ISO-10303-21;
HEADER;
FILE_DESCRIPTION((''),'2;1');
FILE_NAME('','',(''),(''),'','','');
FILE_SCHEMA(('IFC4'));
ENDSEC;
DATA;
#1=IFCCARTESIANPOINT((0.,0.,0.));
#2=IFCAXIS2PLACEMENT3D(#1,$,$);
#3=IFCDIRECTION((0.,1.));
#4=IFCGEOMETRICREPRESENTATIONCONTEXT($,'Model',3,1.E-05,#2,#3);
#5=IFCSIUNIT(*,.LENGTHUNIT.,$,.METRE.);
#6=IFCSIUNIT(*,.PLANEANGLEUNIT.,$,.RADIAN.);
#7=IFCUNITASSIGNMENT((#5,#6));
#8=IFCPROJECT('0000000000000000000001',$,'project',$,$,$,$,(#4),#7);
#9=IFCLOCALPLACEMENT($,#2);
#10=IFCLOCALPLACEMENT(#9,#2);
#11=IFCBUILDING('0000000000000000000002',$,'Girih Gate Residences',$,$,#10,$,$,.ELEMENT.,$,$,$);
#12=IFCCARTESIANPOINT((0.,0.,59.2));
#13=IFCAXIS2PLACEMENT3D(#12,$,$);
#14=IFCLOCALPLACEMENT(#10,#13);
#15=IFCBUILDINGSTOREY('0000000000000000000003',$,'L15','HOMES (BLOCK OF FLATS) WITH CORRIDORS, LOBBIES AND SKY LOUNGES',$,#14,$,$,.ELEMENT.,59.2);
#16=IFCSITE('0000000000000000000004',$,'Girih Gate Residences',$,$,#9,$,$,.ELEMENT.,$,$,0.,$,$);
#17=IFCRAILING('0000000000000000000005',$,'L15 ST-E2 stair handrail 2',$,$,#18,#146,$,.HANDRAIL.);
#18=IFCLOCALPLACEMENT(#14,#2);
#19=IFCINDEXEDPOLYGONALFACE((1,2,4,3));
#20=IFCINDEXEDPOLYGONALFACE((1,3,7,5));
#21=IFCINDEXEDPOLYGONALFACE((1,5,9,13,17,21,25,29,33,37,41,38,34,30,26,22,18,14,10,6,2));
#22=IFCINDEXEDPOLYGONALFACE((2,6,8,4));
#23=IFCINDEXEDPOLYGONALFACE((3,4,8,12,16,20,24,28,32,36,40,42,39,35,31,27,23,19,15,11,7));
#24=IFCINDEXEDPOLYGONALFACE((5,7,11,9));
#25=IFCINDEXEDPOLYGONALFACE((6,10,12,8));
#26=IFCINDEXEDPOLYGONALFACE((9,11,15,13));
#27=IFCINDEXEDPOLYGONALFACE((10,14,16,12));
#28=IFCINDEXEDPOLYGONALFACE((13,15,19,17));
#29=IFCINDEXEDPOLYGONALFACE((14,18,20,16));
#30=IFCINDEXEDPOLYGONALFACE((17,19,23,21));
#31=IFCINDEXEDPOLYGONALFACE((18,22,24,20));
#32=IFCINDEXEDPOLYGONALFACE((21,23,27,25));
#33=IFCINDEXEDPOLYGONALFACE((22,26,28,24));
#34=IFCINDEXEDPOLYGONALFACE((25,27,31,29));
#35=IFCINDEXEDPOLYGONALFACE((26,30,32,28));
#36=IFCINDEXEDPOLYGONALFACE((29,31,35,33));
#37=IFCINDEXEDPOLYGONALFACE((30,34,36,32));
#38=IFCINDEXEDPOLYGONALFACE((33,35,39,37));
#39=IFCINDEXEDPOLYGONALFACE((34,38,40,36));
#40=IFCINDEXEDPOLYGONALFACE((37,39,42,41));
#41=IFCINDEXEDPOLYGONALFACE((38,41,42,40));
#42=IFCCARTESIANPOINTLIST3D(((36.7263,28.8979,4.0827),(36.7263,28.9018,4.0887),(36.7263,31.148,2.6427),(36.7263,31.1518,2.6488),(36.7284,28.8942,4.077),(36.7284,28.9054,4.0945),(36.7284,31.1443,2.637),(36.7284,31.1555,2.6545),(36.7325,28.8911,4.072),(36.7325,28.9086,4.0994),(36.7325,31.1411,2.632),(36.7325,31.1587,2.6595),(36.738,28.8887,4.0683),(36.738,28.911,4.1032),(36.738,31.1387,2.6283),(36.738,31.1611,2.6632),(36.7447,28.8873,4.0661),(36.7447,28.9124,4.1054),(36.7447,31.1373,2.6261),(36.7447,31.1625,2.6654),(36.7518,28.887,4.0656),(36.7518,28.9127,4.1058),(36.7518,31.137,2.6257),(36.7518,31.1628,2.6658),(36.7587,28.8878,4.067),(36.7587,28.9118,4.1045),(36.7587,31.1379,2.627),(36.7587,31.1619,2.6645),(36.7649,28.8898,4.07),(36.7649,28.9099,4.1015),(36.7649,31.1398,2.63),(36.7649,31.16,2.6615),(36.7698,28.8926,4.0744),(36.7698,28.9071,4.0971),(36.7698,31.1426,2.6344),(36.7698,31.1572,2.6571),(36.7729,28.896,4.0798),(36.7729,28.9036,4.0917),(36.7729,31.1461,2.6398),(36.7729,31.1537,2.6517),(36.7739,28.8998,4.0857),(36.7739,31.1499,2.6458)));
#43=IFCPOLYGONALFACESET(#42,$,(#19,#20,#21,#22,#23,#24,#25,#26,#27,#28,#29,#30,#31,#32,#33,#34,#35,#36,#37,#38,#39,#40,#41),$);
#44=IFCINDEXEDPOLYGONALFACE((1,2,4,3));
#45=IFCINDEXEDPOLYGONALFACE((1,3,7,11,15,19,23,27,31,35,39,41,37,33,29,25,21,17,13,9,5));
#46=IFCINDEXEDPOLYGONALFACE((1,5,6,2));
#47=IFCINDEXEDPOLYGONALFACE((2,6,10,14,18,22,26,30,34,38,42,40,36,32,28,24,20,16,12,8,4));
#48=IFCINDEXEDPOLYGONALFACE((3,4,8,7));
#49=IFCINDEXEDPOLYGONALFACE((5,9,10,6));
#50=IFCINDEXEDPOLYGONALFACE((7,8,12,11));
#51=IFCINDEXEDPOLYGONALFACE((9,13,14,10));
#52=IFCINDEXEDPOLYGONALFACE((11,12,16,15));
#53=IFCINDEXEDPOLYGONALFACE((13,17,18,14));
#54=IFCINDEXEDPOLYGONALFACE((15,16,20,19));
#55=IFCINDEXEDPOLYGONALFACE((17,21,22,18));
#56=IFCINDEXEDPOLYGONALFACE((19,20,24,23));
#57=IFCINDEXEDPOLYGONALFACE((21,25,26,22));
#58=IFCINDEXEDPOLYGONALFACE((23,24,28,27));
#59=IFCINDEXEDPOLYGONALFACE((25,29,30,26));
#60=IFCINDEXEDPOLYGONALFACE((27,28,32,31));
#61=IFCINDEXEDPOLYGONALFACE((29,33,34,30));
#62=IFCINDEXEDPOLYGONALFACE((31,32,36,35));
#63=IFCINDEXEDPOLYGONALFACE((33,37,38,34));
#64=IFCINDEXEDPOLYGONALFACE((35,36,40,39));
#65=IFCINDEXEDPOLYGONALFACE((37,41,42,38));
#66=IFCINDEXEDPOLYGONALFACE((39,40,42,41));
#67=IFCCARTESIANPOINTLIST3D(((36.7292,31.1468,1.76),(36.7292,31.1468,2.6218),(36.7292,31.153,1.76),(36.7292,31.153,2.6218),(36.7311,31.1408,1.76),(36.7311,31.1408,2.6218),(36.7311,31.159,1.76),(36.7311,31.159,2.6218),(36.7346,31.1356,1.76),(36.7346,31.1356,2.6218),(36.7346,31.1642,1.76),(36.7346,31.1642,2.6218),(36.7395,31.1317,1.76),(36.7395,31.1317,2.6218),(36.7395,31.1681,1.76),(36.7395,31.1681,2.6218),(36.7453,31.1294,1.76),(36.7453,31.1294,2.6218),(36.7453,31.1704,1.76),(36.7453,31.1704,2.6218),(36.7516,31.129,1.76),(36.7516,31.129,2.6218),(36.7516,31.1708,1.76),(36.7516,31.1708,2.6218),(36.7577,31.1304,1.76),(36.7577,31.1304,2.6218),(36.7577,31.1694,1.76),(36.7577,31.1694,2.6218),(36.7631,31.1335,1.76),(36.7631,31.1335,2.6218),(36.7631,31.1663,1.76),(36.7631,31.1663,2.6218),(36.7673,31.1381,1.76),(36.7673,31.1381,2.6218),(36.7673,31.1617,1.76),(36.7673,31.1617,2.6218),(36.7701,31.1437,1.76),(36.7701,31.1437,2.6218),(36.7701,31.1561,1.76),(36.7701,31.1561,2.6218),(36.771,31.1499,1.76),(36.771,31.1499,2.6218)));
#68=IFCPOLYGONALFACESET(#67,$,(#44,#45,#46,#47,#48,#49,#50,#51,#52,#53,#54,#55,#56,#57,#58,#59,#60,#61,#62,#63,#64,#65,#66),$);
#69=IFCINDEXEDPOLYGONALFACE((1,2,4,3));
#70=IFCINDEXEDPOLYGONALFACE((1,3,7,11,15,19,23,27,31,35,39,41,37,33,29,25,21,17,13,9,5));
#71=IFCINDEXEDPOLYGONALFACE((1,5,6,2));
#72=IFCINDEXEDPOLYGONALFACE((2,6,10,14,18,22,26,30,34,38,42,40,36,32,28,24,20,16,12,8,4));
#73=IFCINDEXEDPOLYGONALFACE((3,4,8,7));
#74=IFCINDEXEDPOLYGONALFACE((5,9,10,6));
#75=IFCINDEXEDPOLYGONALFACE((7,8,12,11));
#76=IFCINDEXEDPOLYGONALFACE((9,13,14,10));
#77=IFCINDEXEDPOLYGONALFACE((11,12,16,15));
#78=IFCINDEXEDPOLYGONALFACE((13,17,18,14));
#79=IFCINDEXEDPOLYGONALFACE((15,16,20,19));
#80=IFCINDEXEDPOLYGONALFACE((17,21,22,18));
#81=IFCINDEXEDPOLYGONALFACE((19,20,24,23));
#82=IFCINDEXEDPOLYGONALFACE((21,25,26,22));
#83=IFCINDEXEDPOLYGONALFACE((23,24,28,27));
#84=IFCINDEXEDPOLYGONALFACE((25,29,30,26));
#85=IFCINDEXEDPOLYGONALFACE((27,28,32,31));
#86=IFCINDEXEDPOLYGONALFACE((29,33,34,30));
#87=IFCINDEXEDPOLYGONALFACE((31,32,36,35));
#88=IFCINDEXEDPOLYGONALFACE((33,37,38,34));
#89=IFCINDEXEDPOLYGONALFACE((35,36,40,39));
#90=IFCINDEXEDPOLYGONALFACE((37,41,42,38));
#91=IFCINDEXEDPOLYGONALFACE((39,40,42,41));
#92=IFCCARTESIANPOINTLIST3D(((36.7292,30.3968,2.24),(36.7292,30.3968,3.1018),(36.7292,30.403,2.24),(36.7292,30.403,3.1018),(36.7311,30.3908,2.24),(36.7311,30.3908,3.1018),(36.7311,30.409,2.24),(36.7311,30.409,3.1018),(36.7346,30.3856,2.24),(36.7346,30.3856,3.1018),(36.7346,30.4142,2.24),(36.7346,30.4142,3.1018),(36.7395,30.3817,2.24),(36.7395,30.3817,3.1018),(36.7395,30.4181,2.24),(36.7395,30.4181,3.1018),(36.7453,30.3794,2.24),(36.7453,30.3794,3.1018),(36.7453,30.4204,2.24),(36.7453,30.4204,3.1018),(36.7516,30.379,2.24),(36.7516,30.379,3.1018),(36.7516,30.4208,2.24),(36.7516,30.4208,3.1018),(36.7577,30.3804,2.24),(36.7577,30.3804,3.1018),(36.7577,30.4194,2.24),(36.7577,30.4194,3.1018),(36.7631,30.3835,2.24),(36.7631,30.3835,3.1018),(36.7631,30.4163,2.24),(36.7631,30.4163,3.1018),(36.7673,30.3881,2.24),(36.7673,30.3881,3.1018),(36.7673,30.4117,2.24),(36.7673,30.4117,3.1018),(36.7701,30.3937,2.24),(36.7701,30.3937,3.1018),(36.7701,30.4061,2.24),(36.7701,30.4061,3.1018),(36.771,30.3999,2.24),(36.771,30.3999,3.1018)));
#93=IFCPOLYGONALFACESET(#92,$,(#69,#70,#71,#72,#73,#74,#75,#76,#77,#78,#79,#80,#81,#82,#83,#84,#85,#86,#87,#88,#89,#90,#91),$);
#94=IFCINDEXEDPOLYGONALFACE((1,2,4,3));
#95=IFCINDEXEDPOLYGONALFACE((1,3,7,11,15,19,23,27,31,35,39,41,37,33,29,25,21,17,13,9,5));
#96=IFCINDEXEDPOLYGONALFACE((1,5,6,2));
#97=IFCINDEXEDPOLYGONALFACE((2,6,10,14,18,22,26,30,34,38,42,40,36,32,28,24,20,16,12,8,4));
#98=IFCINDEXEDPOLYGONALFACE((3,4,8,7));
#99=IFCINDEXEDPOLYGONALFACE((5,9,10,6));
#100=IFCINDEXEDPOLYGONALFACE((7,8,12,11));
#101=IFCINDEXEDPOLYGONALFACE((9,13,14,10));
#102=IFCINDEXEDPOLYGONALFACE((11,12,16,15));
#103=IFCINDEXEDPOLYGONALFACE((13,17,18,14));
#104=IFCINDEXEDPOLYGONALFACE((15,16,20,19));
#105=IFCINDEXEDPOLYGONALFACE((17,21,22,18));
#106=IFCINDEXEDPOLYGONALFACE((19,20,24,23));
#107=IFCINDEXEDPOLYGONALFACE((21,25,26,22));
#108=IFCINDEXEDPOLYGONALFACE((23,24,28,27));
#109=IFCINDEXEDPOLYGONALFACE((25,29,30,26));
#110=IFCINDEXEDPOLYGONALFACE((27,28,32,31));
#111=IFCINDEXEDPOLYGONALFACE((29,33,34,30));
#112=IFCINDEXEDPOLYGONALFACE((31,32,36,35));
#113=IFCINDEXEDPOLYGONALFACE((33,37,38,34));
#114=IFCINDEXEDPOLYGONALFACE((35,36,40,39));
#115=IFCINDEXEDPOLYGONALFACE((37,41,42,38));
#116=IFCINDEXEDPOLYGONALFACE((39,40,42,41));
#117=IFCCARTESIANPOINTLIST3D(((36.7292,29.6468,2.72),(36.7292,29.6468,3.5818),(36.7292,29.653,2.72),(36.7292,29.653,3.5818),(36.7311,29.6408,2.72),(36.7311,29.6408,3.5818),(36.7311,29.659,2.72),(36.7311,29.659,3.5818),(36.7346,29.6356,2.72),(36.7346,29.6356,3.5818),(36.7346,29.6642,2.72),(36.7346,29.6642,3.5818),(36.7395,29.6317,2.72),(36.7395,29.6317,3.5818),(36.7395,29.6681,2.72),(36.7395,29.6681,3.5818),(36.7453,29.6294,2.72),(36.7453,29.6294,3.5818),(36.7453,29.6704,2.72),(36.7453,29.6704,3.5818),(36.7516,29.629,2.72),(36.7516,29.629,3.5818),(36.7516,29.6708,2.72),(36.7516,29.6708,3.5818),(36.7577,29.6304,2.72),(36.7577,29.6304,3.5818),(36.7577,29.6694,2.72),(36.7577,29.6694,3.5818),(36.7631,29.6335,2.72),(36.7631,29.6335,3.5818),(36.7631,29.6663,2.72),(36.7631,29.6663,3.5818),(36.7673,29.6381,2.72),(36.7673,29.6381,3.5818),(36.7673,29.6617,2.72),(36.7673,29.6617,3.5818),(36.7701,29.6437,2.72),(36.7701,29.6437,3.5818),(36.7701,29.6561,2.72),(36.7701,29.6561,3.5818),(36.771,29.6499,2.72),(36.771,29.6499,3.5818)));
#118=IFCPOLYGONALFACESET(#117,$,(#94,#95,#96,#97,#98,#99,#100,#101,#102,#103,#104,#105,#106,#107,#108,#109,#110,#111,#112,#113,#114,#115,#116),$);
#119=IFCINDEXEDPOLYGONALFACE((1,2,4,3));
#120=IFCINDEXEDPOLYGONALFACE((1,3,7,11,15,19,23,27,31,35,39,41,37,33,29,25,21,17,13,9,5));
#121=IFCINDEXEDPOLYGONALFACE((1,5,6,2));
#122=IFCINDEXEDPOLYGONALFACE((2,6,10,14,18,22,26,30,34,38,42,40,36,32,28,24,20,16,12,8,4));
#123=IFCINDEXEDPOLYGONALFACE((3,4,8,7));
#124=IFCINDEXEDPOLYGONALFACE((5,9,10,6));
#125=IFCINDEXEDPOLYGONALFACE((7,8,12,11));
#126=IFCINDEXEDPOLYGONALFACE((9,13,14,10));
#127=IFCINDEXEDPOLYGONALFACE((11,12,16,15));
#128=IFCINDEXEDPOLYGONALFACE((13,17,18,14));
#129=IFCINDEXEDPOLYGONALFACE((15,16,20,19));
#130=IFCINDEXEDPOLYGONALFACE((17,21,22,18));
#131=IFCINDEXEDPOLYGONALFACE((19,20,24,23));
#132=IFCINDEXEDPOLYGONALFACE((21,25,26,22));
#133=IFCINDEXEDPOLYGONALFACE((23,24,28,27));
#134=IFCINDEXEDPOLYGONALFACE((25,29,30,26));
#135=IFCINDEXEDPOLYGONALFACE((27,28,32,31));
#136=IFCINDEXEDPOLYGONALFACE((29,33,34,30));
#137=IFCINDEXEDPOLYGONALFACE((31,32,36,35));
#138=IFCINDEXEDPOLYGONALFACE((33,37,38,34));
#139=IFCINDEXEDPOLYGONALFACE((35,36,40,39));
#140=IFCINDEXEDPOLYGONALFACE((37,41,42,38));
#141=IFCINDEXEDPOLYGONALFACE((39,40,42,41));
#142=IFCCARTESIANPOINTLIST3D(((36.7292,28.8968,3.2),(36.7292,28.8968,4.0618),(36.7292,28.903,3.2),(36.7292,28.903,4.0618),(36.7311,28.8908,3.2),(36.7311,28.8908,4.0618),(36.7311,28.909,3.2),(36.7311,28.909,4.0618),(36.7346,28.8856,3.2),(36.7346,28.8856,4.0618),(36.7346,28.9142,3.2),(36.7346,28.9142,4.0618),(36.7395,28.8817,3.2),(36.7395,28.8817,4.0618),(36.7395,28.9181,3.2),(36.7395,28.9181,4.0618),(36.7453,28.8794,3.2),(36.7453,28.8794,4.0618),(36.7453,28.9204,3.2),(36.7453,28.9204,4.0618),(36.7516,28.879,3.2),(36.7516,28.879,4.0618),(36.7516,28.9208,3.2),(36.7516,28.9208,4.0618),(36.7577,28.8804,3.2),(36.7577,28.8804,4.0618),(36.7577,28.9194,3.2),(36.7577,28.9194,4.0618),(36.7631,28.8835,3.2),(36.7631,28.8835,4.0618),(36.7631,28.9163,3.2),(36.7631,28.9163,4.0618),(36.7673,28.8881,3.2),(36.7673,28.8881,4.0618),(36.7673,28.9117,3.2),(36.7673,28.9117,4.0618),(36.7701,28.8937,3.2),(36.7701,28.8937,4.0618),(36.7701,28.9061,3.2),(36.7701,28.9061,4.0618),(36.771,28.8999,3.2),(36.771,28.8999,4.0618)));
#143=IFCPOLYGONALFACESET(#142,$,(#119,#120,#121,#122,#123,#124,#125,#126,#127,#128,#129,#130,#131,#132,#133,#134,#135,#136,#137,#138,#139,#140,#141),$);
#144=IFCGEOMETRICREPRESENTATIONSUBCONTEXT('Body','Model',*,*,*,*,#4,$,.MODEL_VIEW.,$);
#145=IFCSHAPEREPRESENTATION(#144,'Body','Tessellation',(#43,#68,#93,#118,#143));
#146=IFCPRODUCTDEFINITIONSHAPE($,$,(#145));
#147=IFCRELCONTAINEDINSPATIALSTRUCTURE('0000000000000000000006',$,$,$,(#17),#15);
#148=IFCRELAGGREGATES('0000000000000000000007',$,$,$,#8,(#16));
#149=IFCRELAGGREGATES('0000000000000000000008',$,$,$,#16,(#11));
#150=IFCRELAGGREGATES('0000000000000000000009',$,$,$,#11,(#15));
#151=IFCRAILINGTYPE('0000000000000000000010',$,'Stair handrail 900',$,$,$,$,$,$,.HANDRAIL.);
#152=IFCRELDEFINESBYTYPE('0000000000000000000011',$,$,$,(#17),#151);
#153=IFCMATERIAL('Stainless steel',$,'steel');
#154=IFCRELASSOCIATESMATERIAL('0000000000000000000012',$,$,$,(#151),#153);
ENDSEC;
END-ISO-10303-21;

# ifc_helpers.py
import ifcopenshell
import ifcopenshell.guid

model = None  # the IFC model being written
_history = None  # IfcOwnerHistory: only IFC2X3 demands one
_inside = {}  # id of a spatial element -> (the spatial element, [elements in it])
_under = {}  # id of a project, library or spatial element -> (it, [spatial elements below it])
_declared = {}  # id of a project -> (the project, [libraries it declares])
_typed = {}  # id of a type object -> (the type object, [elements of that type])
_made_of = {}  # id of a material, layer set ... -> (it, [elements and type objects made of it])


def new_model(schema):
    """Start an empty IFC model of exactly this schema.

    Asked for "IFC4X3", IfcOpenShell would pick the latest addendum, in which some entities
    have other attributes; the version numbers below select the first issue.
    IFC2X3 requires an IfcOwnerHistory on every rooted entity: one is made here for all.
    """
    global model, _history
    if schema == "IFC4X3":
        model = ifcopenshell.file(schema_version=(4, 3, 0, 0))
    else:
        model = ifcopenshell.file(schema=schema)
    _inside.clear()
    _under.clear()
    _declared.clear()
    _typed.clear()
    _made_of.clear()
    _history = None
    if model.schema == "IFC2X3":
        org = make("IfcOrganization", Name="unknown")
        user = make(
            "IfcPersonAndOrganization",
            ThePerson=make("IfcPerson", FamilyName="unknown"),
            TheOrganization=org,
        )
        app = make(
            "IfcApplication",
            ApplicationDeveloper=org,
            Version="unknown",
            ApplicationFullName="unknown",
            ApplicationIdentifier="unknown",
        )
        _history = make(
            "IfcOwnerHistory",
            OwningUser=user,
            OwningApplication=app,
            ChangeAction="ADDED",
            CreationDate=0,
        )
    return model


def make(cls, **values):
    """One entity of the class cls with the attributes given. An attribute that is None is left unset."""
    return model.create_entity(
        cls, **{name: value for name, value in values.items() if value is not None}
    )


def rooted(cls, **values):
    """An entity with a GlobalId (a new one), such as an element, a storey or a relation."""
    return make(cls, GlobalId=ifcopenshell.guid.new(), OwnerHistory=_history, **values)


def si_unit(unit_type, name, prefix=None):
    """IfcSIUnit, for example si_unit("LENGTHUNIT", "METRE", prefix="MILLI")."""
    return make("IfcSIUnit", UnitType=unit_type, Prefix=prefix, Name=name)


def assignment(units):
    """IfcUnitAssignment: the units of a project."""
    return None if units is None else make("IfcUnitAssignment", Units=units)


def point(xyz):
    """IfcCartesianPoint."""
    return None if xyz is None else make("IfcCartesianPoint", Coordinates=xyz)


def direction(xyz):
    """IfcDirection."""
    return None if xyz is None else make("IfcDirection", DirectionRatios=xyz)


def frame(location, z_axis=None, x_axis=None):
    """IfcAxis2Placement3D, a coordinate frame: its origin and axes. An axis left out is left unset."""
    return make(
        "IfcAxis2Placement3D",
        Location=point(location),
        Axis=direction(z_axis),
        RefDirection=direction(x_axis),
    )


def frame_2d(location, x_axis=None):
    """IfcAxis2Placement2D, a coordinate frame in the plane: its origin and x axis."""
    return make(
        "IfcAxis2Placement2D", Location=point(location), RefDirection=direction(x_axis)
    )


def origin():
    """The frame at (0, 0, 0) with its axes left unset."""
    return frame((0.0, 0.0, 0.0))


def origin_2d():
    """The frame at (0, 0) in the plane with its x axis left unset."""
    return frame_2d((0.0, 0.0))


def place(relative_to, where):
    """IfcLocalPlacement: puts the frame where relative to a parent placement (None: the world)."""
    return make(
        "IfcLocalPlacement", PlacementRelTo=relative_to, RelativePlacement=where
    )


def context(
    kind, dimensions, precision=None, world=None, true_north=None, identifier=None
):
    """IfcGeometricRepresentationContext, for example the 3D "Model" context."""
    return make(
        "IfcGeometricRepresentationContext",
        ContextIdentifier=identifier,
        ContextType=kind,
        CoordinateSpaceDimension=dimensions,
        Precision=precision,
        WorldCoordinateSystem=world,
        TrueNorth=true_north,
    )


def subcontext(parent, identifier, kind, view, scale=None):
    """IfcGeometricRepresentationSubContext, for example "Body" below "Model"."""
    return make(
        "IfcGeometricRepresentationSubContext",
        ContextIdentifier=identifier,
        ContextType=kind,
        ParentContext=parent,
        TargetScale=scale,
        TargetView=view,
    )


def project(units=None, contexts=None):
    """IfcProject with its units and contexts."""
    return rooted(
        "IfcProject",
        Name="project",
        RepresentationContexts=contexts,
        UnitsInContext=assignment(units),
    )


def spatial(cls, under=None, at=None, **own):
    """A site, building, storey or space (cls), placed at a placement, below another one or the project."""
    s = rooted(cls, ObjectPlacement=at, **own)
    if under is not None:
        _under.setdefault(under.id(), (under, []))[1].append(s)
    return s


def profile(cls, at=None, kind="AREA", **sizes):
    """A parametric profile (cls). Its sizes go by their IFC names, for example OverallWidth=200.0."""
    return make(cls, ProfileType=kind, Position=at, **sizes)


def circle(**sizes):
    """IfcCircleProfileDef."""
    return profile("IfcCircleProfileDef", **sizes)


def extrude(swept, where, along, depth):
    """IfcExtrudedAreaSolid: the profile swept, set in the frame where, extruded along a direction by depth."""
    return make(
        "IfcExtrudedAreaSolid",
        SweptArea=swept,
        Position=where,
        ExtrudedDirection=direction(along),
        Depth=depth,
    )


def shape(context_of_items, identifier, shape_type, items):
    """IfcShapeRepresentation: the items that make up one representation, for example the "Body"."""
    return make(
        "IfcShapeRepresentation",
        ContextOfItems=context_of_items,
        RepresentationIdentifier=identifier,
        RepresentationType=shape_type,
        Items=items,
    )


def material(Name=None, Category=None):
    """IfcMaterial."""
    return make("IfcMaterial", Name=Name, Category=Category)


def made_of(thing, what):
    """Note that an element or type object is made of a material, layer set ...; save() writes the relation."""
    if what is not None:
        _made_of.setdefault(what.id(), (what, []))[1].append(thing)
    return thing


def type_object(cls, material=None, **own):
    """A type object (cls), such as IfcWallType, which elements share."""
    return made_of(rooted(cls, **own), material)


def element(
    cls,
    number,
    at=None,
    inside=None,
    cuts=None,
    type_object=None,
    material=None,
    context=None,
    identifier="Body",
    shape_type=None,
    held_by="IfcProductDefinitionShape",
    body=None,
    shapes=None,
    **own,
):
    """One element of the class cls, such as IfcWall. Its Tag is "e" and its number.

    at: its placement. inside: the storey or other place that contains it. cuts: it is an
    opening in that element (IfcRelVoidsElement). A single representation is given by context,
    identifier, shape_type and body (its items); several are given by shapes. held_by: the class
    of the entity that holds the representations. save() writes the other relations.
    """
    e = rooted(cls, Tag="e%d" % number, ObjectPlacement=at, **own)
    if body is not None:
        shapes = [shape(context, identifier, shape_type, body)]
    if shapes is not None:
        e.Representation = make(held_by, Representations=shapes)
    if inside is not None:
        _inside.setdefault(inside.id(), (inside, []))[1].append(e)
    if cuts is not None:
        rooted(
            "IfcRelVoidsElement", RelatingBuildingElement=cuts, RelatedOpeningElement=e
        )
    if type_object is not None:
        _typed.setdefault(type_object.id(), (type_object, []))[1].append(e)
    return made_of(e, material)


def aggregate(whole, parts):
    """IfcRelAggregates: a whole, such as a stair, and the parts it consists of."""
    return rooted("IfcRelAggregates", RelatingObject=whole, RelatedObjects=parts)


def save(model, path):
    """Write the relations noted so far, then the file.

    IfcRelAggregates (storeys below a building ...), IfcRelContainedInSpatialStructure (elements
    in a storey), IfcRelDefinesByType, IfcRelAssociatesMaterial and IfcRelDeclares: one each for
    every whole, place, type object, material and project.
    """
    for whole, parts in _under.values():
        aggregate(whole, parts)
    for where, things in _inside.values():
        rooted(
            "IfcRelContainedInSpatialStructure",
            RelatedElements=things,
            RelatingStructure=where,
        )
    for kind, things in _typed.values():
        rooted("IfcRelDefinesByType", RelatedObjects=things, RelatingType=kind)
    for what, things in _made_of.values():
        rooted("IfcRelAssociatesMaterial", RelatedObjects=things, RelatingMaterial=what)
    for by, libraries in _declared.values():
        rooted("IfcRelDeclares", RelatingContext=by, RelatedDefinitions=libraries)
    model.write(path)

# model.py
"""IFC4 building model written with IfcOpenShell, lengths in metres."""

from ifc_helpers import new_model, si_unit, direction, frame, origin, origin_2d, place, context, subcontext, project, spatial, circle, extrude, material, type_object, element, save


model = new_model("IFC4")

# Units and contexts
model_context = context("Model", 3, precision=1e-05, world=origin(), true_north=direction((0.0, 1.0)))
body_context = subcontext(model_context, "Body", "Model", "MODEL_VIEW")
ifc_project = project(units=[si_unit("LENGTHUNIT", "METRE"), si_unit("PLANEANGLEUNIT", "RADIAN")], contexts=[model_context])

# Site, building, storey
site_placement = place(None, origin())
site = spatial("IfcSite", under=ifc_project, at=site_placement, Name="Girih Gate Residences", CompositionType="ELEMENT", RefElevation=0.0)
building_placement = place(site_placement, origin())
building = spatial("IfcBuilding", under=site, at=building_placement, Name="Girih Gate Residences", CompositionType="ELEMENT")
storey_placement = place(building_placement, frame((0.0, 0.0, 59.2)))
storey = spatial("IfcBuildingStorey", under=building, at=storey_placement, Name="L15", Description="HOMES (BLOCK OF FLATS) WITH CORRIDORS, LOBBIES AND SKY LOUNGES", CompositionType="ELEMENT", Elevation=59.2)

# Railing
ifc_material_1 = material(Name="Stainless steel", Category="steel")
railing_type_1 = type_object("IfcRailingType", Name="Stair handrail 900", PredefinedType="HANDRAIL", material=ifc_material_1)
railing_1_placement = place(storey_placement, frame((36.75, 31.1499, 1.76)))
element("IfcRailing", 1, at=railing_1_placement, inside=storey, type_object=railing_type_1, Name="L15 ST-E2 stair handrail 2", PredefinedType="HANDRAIL", context=body_context, shape_type="SweptSolid", body=[
    extrude(circle(Radius=0.0239, at=origin_2d()), frame((0.0, 0.0, 0.8857), z_axis=(0.0, -0.842281, 0.539038), x_axis=(1.0, 0.0, 0.0)), (0.0, 0.0, 1.0), 2.6714),
    extrude(circle(Radius=0.021, at=origin_2d()), origin(), (0.0, 0.0, 1.0), 0.8618),
    extrude(circle(Radius=0.021, at=origin_2d()), frame((0.0, -0.75, 0.48)), (0.0, 0.0, 1.0), 0.8618),
    extrude(circle(Radius=0.021, at=origin_2d()), frame((0.0, -1.5, 0.96)), (0.0, 0.0, 1.0), 0.8618),
    extrude(circle(Radius=0.021, at=origin_2d()), frame((0.0, -2.25, 1.4399)), (0.0, 0.0, 1.0), 0.8618),
])

save(model, "model.ifc")
